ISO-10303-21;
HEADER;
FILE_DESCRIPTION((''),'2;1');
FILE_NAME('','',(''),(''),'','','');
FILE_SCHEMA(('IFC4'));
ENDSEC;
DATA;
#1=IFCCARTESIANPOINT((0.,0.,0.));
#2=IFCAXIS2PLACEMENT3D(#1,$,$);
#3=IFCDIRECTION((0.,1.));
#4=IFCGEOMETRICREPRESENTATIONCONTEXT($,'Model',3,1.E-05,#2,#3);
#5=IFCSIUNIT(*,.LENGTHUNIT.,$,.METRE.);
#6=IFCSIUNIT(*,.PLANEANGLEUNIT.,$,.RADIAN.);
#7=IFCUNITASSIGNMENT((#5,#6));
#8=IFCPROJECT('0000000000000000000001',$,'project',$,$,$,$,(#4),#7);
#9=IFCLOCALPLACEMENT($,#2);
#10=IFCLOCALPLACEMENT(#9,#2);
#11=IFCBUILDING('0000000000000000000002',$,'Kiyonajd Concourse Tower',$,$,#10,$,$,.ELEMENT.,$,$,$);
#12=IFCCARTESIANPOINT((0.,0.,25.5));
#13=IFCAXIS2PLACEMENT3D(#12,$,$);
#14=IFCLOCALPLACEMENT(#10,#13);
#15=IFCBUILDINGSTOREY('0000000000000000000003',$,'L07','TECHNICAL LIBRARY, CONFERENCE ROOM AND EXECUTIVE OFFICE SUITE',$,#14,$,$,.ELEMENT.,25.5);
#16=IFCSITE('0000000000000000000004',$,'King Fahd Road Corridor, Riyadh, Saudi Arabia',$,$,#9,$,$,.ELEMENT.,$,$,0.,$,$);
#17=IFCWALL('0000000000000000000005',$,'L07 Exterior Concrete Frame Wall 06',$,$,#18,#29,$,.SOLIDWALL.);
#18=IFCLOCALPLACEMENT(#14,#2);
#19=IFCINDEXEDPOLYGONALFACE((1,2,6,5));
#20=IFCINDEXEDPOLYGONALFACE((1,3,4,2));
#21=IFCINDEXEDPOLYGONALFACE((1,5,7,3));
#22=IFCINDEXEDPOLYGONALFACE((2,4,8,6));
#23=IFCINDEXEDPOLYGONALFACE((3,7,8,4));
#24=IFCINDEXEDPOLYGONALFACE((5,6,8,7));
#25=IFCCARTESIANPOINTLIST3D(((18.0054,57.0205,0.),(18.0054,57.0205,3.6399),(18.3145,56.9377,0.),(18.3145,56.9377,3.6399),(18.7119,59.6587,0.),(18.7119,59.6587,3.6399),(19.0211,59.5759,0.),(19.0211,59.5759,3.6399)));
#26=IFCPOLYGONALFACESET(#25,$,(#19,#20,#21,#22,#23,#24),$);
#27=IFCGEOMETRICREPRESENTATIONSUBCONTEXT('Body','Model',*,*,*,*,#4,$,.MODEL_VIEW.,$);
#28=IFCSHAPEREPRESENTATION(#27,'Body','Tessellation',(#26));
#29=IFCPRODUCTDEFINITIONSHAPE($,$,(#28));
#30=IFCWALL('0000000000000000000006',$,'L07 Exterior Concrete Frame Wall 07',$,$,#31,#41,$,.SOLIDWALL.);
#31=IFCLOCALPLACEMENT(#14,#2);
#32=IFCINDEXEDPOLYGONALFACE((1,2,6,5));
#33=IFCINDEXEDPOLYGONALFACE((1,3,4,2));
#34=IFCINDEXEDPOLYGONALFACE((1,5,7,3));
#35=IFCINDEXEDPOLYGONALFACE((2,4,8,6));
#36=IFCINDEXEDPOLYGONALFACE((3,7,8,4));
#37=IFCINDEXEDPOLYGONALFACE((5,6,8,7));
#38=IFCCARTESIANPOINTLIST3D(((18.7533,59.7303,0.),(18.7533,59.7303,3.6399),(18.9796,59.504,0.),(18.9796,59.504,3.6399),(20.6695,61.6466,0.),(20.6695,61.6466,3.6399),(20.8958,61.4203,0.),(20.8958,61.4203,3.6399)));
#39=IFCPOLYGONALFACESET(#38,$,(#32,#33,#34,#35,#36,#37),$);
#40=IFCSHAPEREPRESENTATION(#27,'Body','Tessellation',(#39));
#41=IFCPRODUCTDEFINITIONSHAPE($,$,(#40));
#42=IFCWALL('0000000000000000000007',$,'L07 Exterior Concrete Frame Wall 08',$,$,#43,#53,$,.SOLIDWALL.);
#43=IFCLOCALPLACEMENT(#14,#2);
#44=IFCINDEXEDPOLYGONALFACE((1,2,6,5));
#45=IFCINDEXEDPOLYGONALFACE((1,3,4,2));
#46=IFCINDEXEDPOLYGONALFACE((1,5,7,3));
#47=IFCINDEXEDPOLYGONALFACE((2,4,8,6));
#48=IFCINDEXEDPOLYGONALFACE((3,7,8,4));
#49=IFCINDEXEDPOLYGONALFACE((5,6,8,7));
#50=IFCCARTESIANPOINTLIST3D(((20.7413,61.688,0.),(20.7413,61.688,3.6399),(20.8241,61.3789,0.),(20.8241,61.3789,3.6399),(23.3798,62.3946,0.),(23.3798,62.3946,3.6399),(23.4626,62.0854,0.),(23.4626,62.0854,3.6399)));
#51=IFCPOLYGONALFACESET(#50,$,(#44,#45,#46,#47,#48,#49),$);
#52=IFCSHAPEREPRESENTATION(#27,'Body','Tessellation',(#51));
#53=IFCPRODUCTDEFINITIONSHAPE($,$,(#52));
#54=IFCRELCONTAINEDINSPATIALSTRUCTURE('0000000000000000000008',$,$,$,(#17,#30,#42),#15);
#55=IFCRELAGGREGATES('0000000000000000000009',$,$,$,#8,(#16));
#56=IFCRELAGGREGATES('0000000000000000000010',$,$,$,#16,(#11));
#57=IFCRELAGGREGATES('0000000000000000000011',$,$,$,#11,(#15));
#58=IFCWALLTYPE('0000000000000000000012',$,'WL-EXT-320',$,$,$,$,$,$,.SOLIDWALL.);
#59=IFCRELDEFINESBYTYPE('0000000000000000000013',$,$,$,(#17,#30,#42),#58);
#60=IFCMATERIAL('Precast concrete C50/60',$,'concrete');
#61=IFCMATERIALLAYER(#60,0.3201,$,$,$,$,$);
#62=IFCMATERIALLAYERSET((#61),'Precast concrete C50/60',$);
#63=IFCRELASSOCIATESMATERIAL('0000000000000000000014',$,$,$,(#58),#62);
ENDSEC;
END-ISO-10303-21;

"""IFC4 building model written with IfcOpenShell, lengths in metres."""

from ifc_helpers import new_model, si_unit, direction, frame, frame_2d, origin, place, context, subcontext, project, spatial, rectangle, extrude, material, layer, layer_set, type_object, element, save


model = new_model("IFC4")

# Units and contexts
model_context = context("Model", 3, precision=1e-05, world=origin(), true_north=direction((0.0, 1.0)))
body_context = subcontext(model_context, "Body", "Model", "MODEL_VIEW")
ifc_project = project(units=[si_unit("LENGTHUNIT", "METRE"), si_unit("PLANEANGLEUNIT", "RADIAN")], contexts=[model_context])

# Site, building, storey
site_placement = place(None, origin())
site = spatial("IfcSite", under=ifc_project, at=site_placement, Name="King Fahd Road Corridor, Riyadh, Saudi Arabia", CompositionType="ELEMENT", RefElevation=0.0)
building_placement = place(site_placement, origin())
building = spatial("IfcBuilding", under=site, at=building_placement, Name="Kiyonajd Concourse Tower", CompositionType="ELEMENT")
storey_placement = place(building_placement, frame((0.0, 0.0, 25.5)))
storey = spatial("IfcBuildingStorey", under=building, at=storey_placement, Name="L07", Description="TECHNICAL LIBRARY, CONFERENCE ROOM AND EXECUTIVE OFFICE SUITE", CompositionType="ELEMENT", Elevation=25.5)

# Shared definitions
ifc_material_1 = material(Name="Precast concrete C50/60", Category="concrete")

# Walls
ifc_layer_1 = layer(ifc_material_1, 0.3201)
ifc_layer_set_1 = layer_set([ifc_layer_1], Name="Precast concrete C50/60")
wall_type = type_object("IfcWallType", Name="WL-EXT-320", PredefinedType="SOLIDWALL", material=ifc_layer_set_1)
wall_1_placement = place(storey_placement, frame((18.1599, 56.979, 0.0), z_axis=(0.0, 0.0, 1.0), x_axis=(0.258697, 0.965958, 0.0)))
element("IfcWall", 1, at=wall_1_placement, inside=storey, type_object=wall_type, Name="L07 Exterior Concrete Frame Wall 06", PredefinedType="SOLIDWALL", context=body_context, shape_type="SweptSolid", body=[
    extrude(rectangle(XDim=2.7312, YDim=0.3201, at=frame_2d((1.3657, 0.0))), origin(), (0.0, 0.0, 1.0), 3.6399),
])
wall_2_placement = place(storey_placement, frame((18.8665, 59.6172, 0.0), z_axis=(0.0, 0.0, 1.0), x_axis=(0.707107, 0.707107, 0.0)))
element("IfcWall", 2, at=wall_2_placement, inside=storey, type_object=wall_type, Name="L07 Exterior Concrete Frame Wall 07", PredefinedType="SOLIDWALL", context=body_context, shape_type="SweptSolid", body=[
    extrude(rectangle(XDim=2.71, YDim=0.3201, at=frame_2d((1.355, 0.0))), origin(), (0.0, 0.0, 1.0), 3.6399),
])
wall_3_placement = place(storey_placement, frame((20.7827, 61.5334, 0.0), z_axis=(0.0, 0.0, 1.0), x_axis=(0.965964, 0.258675, 0.0)))
element("IfcWall", 3, at=wall_3_placement, inside=storey, type_object=wall_type, Name="L07 Exterior Concrete Frame Wall 08", PredefinedType="SOLIDWALL", context=body_context, shape_type="SweptSolid", body=[
    extrude(rectangle(XDim=2.7314, YDim=0.3201, at=frame_2d((1.3657, 0.0))), origin(), (0.0, 0.0, 1.0), 3.6399),
])

save(model, "model.ifc")
